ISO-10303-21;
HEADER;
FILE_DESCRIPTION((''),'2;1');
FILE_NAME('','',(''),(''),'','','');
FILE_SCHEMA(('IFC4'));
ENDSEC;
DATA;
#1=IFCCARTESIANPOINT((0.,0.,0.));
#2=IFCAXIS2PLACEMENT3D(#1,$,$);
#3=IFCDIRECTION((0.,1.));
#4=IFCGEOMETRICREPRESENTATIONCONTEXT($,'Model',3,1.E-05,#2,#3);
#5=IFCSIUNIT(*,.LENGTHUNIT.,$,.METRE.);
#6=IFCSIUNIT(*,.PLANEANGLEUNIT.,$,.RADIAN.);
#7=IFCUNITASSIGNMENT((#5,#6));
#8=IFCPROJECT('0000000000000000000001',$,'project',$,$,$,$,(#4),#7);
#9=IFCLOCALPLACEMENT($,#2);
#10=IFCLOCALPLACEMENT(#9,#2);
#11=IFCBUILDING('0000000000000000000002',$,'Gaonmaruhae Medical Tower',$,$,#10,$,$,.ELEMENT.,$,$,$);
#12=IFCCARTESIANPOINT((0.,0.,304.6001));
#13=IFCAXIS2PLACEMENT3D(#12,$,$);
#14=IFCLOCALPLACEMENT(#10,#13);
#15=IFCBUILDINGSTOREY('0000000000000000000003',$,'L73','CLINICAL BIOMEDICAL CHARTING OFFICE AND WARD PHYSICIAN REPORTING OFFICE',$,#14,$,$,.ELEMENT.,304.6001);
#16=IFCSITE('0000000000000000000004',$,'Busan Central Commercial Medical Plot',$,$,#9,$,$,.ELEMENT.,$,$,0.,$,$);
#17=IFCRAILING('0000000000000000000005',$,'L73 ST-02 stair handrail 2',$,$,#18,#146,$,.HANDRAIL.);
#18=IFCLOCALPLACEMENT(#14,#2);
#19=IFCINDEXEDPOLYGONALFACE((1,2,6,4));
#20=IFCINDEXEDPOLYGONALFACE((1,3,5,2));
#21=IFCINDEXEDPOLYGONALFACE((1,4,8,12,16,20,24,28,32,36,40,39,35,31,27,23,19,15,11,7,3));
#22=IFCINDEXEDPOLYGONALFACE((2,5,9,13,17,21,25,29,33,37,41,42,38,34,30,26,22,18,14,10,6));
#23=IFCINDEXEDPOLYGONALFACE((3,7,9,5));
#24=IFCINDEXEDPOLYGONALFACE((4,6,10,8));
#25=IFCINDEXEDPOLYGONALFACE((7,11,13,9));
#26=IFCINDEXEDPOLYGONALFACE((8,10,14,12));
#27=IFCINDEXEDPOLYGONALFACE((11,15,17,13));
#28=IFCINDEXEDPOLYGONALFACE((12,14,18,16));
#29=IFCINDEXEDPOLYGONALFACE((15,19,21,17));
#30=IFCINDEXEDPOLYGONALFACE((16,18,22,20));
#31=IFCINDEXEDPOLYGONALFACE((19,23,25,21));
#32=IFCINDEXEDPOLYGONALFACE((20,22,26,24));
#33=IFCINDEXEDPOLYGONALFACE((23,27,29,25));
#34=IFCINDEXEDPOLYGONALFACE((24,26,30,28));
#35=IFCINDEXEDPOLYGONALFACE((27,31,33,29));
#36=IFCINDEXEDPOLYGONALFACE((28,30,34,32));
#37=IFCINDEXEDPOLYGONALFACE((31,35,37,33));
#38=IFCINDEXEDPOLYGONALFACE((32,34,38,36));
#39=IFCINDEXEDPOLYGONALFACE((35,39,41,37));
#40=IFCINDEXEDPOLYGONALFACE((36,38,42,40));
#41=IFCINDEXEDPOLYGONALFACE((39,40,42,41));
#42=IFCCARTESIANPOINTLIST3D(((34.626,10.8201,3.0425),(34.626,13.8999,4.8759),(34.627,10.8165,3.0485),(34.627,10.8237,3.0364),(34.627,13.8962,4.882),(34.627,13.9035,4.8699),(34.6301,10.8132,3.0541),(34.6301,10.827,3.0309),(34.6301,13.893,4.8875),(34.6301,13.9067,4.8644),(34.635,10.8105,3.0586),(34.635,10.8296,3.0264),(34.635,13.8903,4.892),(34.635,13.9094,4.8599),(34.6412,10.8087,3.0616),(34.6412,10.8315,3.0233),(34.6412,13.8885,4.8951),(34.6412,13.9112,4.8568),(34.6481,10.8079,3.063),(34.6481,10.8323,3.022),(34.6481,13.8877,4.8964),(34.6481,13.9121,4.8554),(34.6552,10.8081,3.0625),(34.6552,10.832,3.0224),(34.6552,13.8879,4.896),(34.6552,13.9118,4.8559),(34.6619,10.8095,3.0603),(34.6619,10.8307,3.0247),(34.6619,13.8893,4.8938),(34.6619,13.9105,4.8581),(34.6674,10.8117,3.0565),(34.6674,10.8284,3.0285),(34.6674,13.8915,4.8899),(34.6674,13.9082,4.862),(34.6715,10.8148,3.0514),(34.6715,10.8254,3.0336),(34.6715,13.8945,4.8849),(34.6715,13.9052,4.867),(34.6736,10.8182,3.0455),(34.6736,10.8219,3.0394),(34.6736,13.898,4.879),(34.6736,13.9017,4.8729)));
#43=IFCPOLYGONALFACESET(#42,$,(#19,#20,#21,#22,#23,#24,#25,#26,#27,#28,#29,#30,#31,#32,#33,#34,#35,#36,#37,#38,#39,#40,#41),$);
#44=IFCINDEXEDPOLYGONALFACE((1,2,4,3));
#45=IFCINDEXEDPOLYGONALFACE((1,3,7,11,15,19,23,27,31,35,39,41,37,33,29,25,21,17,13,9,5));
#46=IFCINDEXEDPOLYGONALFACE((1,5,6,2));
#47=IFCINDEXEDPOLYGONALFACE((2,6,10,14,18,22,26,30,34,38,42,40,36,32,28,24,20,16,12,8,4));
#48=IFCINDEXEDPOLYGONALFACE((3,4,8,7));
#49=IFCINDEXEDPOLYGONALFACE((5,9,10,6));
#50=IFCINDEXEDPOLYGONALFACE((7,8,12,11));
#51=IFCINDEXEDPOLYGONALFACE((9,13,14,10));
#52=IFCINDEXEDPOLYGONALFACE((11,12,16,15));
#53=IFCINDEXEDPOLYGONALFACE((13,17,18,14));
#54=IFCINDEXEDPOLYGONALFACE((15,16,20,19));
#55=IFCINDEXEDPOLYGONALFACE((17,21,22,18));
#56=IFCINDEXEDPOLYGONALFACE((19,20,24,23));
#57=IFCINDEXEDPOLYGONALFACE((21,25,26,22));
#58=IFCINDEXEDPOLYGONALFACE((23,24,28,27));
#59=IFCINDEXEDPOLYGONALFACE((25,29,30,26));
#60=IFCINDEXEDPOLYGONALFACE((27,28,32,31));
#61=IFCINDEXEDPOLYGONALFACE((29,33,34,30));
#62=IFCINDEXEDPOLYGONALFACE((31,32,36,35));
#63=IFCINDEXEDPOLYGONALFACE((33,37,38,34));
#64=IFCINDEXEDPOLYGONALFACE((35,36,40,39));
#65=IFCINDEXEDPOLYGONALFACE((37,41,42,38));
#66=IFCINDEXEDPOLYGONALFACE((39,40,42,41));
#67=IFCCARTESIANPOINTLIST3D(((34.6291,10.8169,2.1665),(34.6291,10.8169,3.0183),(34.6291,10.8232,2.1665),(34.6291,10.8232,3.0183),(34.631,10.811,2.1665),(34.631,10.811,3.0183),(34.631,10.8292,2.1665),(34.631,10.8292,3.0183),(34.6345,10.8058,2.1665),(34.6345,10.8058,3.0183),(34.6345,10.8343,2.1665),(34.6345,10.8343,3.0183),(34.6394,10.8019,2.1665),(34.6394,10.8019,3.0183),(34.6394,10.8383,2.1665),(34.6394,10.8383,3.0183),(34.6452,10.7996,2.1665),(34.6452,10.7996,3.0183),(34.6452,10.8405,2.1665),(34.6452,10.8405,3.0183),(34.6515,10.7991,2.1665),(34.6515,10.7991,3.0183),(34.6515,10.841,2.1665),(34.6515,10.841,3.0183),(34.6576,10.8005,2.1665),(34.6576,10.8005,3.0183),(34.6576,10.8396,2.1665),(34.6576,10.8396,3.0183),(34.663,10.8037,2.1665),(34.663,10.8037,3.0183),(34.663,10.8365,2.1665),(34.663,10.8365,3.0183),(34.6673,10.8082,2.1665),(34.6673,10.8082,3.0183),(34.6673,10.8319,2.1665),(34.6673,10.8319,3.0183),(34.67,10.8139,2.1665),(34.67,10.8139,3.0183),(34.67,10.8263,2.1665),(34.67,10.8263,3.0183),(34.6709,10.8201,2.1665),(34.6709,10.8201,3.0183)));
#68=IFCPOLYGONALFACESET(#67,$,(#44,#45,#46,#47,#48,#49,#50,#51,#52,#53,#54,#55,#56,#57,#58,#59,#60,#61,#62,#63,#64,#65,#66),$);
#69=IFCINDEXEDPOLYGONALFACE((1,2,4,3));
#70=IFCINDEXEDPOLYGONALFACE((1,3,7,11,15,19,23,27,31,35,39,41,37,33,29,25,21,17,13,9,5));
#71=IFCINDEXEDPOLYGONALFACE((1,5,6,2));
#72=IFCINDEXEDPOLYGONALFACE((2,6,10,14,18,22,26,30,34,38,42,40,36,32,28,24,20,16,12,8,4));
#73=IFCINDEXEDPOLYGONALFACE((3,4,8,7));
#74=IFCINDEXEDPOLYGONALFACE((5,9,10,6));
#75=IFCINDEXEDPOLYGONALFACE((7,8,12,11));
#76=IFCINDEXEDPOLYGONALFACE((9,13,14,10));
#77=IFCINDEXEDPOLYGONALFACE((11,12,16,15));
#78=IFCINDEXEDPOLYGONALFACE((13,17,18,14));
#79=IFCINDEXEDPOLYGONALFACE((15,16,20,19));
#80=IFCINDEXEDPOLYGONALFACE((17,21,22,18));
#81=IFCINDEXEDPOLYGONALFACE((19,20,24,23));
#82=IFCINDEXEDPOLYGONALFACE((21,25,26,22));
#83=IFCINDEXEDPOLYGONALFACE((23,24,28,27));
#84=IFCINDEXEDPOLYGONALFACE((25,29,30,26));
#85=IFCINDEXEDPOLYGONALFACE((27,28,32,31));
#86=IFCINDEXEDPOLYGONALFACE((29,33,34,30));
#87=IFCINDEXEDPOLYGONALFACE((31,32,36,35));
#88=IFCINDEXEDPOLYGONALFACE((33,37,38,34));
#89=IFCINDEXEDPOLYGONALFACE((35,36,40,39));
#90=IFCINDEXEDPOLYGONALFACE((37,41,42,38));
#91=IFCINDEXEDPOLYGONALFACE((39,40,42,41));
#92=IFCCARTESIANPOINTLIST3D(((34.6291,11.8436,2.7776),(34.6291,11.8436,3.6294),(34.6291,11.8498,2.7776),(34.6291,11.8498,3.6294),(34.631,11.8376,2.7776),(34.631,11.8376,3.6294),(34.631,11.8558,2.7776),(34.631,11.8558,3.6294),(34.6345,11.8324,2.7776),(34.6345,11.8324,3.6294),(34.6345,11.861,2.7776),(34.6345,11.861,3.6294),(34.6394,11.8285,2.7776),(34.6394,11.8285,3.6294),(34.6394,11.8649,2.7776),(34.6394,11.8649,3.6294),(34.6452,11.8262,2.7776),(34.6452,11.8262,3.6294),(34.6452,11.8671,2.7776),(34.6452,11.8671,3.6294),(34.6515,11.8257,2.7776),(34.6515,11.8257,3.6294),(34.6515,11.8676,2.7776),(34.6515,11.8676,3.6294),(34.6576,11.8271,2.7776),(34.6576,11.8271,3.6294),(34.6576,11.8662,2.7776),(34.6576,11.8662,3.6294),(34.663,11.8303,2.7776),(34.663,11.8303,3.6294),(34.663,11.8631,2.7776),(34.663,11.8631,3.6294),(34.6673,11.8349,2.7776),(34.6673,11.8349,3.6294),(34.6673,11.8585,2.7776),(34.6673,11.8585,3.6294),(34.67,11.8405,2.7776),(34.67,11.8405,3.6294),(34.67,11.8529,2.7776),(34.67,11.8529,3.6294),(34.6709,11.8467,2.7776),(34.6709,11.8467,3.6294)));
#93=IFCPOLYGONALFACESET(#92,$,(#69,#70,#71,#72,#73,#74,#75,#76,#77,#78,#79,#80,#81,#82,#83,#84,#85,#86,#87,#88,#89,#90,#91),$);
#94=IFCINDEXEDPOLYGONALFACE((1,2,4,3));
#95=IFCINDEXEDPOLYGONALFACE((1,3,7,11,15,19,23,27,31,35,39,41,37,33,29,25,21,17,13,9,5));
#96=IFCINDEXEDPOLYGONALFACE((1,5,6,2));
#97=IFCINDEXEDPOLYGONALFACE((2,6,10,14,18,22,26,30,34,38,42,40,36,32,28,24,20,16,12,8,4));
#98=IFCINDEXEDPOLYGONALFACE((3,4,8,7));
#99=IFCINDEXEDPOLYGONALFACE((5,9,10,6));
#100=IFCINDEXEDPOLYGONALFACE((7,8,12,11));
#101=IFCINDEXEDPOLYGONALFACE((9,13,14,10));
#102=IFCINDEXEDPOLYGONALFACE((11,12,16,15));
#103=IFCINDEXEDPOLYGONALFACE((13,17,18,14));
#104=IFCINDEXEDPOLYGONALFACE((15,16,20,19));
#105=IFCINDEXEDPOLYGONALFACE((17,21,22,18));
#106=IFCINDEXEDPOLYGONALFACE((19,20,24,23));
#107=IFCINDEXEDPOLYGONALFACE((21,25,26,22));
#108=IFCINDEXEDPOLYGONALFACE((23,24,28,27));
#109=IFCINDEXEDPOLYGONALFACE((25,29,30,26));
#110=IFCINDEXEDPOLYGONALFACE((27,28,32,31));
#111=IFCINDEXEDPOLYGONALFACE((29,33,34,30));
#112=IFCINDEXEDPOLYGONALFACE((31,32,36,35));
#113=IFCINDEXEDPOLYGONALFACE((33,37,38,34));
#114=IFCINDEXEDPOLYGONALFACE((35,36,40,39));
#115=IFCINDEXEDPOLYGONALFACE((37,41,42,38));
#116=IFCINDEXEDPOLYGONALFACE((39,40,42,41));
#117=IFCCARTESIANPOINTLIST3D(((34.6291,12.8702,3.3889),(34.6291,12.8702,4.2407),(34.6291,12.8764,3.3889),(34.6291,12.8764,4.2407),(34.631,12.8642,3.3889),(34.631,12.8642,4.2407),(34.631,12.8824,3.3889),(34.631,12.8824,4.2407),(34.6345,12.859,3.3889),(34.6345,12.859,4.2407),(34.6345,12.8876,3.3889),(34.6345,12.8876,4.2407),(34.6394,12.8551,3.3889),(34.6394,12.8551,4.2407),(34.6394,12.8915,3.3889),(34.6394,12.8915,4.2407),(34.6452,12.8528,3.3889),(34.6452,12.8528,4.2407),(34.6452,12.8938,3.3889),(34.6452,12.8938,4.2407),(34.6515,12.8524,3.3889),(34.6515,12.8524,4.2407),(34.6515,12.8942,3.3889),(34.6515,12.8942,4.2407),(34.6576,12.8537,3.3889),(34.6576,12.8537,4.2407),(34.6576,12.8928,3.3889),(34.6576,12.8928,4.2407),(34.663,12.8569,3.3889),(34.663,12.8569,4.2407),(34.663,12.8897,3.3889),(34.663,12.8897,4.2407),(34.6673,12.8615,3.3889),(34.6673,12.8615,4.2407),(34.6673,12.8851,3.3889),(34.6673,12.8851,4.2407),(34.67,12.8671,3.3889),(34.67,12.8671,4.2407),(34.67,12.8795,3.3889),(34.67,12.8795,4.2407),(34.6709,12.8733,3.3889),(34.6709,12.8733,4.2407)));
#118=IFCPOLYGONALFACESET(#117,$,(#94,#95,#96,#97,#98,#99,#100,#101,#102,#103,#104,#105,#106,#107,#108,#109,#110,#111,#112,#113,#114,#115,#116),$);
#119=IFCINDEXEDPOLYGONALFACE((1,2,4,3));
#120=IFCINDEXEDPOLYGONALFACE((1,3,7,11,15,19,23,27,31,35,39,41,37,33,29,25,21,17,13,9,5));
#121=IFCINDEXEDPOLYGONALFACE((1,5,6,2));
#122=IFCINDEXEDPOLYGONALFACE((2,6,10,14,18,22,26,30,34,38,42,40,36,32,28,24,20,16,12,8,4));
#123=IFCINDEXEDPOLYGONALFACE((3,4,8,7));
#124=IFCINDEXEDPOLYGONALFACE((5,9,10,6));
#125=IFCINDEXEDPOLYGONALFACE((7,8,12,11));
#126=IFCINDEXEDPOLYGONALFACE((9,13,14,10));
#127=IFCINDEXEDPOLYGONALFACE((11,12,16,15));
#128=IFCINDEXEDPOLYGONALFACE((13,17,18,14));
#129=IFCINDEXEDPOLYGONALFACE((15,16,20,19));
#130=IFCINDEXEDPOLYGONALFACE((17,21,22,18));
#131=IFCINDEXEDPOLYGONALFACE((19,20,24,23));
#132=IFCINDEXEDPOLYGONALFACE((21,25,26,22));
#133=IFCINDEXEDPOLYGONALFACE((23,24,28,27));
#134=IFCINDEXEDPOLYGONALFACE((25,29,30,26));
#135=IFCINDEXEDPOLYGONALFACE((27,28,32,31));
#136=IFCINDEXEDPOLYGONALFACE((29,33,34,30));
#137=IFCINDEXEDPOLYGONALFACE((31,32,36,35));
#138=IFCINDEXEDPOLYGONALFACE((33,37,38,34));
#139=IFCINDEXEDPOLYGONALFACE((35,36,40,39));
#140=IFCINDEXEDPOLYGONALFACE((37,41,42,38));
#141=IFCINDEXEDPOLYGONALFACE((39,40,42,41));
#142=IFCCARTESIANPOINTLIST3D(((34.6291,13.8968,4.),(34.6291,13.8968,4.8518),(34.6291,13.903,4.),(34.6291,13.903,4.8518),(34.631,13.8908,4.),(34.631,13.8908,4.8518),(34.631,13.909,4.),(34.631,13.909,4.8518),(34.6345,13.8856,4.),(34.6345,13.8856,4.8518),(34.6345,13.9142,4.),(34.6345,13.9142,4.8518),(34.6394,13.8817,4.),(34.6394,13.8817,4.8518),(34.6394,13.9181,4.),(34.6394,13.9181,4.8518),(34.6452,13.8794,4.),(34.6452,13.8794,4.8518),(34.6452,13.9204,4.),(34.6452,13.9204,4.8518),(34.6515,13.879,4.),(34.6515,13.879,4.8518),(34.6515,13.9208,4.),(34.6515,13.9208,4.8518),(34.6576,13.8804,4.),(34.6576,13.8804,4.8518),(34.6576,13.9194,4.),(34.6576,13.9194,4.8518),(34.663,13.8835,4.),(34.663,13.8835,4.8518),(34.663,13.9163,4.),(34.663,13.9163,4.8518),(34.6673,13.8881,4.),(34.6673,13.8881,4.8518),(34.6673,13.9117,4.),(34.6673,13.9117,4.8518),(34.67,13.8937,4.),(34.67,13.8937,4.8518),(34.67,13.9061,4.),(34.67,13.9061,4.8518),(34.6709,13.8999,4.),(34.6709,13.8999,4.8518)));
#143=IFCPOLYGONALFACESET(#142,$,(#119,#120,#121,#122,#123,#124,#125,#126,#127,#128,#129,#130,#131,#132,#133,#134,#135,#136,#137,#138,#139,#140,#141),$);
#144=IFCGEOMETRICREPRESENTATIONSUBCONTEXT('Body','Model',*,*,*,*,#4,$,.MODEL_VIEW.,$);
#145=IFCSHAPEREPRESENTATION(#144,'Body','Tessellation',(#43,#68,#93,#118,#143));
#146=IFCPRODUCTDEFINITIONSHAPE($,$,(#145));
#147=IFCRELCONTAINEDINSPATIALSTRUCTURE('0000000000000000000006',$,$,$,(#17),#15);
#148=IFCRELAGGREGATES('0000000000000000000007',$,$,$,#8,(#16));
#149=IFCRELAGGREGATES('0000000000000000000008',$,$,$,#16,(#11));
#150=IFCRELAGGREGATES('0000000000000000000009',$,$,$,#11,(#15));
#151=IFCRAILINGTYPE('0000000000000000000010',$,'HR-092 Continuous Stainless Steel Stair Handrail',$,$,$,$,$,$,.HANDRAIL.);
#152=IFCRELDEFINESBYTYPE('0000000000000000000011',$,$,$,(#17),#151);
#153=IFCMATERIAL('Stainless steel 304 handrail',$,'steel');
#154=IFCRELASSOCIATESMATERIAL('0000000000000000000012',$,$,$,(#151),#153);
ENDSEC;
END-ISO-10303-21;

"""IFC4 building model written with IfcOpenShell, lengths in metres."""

from ifc_helpers import new_model, si_unit, direction, frame, origin, origin_2d, place, context, subcontext, project, spatial, circle, extrude, material, type_object, element, save


model = new_model("IFC4")

# Units and contexts
model_context = context("Model", 3, precision=1e-05, world=origin(), true_north=direction((0.0, 1.0)))
body_context = subcontext(model_context, "Body", "Model", "MODEL_VIEW")
ifc_project = project(units=[si_unit("LENGTHUNIT", "METRE"), si_unit("PLANEANGLEUNIT", "RADIAN")], contexts=[model_context])

# Site, building, storey
site_placement = place(None, origin())
site = spatial("IfcSite", under=ifc_project, at=site_placement, Name="Busan Central Commercial Medical Plot", CompositionType="ELEMENT", RefElevation=0.0)
building_placement = place(site_placement, origin())
building = spatial("IfcBuilding", under=site, at=building_placement, Name="Gaonmaruhae Medical Tower", CompositionType="ELEMENT")
storey_placement = place(building_placement, frame((0.0, 0.0, 304.6001)))
storey = spatial("IfcBuildingStorey", under=building, at=storey_placement, Name="L73", Description="CLINICAL BIOMEDICAL CHARTING OFFICE AND WARD PHYSICIAN REPORTING OFFICE", CompositionType="ELEMENT", Elevation=304.6001)

# Railing
ifc_material_1 = material(Name="Stainless steel 304 handrail", Category="steel")
railing_type_1 = type_object("IfcRailingType", Name="HR-092 Continuous Stainless Steel Stair Handrail", PredefinedType="HANDRAIL", material=ifc_material_1)
railing_1_placement = place(storey_placement, frame((34.6499, 10.8201, 2.1665)))
element("IfcRailing", 1, at=railing_1_placement, inside=storey, type_object=railing_type_1, Name="L73 ST-02 stair handrail 2", PredefinedType="HANDRAIL", context=body_context, shape_type="SweptSolid", body=[
    extrude(circle(Radius=0.0239, at=origin_2d()), frame((0.0, 0.0, 0.876), z_axis=(0.0, 0.859261, 0.511538), x_axis=(-1.0, 0.0, 0.0)), (0.0, 0.0, 1.0), 3.5842),
    extrude(circle(Radius=0.021, at=origin_2d()), origin(), (0.0, 0.0, 1.0), 0.8518),
    extrude(circle(Radius=0.021, at=origin_2d()), frame((0.0, 1.0266, 0.6111)), (0.0, 0.0, 1.0), 0.8518),
    extrude(circle(Radius=0.021, at=origin_2d()), frame((0.0, 2.0532, 1.2224)), (0.0, 0.0, 1.0), 0.8518),
    extrude(circle(Radius=0.021, at=origin_2d()), frame((0.0, 3.0798, 1.8335)), (0.0, 0.0, 1.0), 0.8518),
])

save(model, "model.ifc")
